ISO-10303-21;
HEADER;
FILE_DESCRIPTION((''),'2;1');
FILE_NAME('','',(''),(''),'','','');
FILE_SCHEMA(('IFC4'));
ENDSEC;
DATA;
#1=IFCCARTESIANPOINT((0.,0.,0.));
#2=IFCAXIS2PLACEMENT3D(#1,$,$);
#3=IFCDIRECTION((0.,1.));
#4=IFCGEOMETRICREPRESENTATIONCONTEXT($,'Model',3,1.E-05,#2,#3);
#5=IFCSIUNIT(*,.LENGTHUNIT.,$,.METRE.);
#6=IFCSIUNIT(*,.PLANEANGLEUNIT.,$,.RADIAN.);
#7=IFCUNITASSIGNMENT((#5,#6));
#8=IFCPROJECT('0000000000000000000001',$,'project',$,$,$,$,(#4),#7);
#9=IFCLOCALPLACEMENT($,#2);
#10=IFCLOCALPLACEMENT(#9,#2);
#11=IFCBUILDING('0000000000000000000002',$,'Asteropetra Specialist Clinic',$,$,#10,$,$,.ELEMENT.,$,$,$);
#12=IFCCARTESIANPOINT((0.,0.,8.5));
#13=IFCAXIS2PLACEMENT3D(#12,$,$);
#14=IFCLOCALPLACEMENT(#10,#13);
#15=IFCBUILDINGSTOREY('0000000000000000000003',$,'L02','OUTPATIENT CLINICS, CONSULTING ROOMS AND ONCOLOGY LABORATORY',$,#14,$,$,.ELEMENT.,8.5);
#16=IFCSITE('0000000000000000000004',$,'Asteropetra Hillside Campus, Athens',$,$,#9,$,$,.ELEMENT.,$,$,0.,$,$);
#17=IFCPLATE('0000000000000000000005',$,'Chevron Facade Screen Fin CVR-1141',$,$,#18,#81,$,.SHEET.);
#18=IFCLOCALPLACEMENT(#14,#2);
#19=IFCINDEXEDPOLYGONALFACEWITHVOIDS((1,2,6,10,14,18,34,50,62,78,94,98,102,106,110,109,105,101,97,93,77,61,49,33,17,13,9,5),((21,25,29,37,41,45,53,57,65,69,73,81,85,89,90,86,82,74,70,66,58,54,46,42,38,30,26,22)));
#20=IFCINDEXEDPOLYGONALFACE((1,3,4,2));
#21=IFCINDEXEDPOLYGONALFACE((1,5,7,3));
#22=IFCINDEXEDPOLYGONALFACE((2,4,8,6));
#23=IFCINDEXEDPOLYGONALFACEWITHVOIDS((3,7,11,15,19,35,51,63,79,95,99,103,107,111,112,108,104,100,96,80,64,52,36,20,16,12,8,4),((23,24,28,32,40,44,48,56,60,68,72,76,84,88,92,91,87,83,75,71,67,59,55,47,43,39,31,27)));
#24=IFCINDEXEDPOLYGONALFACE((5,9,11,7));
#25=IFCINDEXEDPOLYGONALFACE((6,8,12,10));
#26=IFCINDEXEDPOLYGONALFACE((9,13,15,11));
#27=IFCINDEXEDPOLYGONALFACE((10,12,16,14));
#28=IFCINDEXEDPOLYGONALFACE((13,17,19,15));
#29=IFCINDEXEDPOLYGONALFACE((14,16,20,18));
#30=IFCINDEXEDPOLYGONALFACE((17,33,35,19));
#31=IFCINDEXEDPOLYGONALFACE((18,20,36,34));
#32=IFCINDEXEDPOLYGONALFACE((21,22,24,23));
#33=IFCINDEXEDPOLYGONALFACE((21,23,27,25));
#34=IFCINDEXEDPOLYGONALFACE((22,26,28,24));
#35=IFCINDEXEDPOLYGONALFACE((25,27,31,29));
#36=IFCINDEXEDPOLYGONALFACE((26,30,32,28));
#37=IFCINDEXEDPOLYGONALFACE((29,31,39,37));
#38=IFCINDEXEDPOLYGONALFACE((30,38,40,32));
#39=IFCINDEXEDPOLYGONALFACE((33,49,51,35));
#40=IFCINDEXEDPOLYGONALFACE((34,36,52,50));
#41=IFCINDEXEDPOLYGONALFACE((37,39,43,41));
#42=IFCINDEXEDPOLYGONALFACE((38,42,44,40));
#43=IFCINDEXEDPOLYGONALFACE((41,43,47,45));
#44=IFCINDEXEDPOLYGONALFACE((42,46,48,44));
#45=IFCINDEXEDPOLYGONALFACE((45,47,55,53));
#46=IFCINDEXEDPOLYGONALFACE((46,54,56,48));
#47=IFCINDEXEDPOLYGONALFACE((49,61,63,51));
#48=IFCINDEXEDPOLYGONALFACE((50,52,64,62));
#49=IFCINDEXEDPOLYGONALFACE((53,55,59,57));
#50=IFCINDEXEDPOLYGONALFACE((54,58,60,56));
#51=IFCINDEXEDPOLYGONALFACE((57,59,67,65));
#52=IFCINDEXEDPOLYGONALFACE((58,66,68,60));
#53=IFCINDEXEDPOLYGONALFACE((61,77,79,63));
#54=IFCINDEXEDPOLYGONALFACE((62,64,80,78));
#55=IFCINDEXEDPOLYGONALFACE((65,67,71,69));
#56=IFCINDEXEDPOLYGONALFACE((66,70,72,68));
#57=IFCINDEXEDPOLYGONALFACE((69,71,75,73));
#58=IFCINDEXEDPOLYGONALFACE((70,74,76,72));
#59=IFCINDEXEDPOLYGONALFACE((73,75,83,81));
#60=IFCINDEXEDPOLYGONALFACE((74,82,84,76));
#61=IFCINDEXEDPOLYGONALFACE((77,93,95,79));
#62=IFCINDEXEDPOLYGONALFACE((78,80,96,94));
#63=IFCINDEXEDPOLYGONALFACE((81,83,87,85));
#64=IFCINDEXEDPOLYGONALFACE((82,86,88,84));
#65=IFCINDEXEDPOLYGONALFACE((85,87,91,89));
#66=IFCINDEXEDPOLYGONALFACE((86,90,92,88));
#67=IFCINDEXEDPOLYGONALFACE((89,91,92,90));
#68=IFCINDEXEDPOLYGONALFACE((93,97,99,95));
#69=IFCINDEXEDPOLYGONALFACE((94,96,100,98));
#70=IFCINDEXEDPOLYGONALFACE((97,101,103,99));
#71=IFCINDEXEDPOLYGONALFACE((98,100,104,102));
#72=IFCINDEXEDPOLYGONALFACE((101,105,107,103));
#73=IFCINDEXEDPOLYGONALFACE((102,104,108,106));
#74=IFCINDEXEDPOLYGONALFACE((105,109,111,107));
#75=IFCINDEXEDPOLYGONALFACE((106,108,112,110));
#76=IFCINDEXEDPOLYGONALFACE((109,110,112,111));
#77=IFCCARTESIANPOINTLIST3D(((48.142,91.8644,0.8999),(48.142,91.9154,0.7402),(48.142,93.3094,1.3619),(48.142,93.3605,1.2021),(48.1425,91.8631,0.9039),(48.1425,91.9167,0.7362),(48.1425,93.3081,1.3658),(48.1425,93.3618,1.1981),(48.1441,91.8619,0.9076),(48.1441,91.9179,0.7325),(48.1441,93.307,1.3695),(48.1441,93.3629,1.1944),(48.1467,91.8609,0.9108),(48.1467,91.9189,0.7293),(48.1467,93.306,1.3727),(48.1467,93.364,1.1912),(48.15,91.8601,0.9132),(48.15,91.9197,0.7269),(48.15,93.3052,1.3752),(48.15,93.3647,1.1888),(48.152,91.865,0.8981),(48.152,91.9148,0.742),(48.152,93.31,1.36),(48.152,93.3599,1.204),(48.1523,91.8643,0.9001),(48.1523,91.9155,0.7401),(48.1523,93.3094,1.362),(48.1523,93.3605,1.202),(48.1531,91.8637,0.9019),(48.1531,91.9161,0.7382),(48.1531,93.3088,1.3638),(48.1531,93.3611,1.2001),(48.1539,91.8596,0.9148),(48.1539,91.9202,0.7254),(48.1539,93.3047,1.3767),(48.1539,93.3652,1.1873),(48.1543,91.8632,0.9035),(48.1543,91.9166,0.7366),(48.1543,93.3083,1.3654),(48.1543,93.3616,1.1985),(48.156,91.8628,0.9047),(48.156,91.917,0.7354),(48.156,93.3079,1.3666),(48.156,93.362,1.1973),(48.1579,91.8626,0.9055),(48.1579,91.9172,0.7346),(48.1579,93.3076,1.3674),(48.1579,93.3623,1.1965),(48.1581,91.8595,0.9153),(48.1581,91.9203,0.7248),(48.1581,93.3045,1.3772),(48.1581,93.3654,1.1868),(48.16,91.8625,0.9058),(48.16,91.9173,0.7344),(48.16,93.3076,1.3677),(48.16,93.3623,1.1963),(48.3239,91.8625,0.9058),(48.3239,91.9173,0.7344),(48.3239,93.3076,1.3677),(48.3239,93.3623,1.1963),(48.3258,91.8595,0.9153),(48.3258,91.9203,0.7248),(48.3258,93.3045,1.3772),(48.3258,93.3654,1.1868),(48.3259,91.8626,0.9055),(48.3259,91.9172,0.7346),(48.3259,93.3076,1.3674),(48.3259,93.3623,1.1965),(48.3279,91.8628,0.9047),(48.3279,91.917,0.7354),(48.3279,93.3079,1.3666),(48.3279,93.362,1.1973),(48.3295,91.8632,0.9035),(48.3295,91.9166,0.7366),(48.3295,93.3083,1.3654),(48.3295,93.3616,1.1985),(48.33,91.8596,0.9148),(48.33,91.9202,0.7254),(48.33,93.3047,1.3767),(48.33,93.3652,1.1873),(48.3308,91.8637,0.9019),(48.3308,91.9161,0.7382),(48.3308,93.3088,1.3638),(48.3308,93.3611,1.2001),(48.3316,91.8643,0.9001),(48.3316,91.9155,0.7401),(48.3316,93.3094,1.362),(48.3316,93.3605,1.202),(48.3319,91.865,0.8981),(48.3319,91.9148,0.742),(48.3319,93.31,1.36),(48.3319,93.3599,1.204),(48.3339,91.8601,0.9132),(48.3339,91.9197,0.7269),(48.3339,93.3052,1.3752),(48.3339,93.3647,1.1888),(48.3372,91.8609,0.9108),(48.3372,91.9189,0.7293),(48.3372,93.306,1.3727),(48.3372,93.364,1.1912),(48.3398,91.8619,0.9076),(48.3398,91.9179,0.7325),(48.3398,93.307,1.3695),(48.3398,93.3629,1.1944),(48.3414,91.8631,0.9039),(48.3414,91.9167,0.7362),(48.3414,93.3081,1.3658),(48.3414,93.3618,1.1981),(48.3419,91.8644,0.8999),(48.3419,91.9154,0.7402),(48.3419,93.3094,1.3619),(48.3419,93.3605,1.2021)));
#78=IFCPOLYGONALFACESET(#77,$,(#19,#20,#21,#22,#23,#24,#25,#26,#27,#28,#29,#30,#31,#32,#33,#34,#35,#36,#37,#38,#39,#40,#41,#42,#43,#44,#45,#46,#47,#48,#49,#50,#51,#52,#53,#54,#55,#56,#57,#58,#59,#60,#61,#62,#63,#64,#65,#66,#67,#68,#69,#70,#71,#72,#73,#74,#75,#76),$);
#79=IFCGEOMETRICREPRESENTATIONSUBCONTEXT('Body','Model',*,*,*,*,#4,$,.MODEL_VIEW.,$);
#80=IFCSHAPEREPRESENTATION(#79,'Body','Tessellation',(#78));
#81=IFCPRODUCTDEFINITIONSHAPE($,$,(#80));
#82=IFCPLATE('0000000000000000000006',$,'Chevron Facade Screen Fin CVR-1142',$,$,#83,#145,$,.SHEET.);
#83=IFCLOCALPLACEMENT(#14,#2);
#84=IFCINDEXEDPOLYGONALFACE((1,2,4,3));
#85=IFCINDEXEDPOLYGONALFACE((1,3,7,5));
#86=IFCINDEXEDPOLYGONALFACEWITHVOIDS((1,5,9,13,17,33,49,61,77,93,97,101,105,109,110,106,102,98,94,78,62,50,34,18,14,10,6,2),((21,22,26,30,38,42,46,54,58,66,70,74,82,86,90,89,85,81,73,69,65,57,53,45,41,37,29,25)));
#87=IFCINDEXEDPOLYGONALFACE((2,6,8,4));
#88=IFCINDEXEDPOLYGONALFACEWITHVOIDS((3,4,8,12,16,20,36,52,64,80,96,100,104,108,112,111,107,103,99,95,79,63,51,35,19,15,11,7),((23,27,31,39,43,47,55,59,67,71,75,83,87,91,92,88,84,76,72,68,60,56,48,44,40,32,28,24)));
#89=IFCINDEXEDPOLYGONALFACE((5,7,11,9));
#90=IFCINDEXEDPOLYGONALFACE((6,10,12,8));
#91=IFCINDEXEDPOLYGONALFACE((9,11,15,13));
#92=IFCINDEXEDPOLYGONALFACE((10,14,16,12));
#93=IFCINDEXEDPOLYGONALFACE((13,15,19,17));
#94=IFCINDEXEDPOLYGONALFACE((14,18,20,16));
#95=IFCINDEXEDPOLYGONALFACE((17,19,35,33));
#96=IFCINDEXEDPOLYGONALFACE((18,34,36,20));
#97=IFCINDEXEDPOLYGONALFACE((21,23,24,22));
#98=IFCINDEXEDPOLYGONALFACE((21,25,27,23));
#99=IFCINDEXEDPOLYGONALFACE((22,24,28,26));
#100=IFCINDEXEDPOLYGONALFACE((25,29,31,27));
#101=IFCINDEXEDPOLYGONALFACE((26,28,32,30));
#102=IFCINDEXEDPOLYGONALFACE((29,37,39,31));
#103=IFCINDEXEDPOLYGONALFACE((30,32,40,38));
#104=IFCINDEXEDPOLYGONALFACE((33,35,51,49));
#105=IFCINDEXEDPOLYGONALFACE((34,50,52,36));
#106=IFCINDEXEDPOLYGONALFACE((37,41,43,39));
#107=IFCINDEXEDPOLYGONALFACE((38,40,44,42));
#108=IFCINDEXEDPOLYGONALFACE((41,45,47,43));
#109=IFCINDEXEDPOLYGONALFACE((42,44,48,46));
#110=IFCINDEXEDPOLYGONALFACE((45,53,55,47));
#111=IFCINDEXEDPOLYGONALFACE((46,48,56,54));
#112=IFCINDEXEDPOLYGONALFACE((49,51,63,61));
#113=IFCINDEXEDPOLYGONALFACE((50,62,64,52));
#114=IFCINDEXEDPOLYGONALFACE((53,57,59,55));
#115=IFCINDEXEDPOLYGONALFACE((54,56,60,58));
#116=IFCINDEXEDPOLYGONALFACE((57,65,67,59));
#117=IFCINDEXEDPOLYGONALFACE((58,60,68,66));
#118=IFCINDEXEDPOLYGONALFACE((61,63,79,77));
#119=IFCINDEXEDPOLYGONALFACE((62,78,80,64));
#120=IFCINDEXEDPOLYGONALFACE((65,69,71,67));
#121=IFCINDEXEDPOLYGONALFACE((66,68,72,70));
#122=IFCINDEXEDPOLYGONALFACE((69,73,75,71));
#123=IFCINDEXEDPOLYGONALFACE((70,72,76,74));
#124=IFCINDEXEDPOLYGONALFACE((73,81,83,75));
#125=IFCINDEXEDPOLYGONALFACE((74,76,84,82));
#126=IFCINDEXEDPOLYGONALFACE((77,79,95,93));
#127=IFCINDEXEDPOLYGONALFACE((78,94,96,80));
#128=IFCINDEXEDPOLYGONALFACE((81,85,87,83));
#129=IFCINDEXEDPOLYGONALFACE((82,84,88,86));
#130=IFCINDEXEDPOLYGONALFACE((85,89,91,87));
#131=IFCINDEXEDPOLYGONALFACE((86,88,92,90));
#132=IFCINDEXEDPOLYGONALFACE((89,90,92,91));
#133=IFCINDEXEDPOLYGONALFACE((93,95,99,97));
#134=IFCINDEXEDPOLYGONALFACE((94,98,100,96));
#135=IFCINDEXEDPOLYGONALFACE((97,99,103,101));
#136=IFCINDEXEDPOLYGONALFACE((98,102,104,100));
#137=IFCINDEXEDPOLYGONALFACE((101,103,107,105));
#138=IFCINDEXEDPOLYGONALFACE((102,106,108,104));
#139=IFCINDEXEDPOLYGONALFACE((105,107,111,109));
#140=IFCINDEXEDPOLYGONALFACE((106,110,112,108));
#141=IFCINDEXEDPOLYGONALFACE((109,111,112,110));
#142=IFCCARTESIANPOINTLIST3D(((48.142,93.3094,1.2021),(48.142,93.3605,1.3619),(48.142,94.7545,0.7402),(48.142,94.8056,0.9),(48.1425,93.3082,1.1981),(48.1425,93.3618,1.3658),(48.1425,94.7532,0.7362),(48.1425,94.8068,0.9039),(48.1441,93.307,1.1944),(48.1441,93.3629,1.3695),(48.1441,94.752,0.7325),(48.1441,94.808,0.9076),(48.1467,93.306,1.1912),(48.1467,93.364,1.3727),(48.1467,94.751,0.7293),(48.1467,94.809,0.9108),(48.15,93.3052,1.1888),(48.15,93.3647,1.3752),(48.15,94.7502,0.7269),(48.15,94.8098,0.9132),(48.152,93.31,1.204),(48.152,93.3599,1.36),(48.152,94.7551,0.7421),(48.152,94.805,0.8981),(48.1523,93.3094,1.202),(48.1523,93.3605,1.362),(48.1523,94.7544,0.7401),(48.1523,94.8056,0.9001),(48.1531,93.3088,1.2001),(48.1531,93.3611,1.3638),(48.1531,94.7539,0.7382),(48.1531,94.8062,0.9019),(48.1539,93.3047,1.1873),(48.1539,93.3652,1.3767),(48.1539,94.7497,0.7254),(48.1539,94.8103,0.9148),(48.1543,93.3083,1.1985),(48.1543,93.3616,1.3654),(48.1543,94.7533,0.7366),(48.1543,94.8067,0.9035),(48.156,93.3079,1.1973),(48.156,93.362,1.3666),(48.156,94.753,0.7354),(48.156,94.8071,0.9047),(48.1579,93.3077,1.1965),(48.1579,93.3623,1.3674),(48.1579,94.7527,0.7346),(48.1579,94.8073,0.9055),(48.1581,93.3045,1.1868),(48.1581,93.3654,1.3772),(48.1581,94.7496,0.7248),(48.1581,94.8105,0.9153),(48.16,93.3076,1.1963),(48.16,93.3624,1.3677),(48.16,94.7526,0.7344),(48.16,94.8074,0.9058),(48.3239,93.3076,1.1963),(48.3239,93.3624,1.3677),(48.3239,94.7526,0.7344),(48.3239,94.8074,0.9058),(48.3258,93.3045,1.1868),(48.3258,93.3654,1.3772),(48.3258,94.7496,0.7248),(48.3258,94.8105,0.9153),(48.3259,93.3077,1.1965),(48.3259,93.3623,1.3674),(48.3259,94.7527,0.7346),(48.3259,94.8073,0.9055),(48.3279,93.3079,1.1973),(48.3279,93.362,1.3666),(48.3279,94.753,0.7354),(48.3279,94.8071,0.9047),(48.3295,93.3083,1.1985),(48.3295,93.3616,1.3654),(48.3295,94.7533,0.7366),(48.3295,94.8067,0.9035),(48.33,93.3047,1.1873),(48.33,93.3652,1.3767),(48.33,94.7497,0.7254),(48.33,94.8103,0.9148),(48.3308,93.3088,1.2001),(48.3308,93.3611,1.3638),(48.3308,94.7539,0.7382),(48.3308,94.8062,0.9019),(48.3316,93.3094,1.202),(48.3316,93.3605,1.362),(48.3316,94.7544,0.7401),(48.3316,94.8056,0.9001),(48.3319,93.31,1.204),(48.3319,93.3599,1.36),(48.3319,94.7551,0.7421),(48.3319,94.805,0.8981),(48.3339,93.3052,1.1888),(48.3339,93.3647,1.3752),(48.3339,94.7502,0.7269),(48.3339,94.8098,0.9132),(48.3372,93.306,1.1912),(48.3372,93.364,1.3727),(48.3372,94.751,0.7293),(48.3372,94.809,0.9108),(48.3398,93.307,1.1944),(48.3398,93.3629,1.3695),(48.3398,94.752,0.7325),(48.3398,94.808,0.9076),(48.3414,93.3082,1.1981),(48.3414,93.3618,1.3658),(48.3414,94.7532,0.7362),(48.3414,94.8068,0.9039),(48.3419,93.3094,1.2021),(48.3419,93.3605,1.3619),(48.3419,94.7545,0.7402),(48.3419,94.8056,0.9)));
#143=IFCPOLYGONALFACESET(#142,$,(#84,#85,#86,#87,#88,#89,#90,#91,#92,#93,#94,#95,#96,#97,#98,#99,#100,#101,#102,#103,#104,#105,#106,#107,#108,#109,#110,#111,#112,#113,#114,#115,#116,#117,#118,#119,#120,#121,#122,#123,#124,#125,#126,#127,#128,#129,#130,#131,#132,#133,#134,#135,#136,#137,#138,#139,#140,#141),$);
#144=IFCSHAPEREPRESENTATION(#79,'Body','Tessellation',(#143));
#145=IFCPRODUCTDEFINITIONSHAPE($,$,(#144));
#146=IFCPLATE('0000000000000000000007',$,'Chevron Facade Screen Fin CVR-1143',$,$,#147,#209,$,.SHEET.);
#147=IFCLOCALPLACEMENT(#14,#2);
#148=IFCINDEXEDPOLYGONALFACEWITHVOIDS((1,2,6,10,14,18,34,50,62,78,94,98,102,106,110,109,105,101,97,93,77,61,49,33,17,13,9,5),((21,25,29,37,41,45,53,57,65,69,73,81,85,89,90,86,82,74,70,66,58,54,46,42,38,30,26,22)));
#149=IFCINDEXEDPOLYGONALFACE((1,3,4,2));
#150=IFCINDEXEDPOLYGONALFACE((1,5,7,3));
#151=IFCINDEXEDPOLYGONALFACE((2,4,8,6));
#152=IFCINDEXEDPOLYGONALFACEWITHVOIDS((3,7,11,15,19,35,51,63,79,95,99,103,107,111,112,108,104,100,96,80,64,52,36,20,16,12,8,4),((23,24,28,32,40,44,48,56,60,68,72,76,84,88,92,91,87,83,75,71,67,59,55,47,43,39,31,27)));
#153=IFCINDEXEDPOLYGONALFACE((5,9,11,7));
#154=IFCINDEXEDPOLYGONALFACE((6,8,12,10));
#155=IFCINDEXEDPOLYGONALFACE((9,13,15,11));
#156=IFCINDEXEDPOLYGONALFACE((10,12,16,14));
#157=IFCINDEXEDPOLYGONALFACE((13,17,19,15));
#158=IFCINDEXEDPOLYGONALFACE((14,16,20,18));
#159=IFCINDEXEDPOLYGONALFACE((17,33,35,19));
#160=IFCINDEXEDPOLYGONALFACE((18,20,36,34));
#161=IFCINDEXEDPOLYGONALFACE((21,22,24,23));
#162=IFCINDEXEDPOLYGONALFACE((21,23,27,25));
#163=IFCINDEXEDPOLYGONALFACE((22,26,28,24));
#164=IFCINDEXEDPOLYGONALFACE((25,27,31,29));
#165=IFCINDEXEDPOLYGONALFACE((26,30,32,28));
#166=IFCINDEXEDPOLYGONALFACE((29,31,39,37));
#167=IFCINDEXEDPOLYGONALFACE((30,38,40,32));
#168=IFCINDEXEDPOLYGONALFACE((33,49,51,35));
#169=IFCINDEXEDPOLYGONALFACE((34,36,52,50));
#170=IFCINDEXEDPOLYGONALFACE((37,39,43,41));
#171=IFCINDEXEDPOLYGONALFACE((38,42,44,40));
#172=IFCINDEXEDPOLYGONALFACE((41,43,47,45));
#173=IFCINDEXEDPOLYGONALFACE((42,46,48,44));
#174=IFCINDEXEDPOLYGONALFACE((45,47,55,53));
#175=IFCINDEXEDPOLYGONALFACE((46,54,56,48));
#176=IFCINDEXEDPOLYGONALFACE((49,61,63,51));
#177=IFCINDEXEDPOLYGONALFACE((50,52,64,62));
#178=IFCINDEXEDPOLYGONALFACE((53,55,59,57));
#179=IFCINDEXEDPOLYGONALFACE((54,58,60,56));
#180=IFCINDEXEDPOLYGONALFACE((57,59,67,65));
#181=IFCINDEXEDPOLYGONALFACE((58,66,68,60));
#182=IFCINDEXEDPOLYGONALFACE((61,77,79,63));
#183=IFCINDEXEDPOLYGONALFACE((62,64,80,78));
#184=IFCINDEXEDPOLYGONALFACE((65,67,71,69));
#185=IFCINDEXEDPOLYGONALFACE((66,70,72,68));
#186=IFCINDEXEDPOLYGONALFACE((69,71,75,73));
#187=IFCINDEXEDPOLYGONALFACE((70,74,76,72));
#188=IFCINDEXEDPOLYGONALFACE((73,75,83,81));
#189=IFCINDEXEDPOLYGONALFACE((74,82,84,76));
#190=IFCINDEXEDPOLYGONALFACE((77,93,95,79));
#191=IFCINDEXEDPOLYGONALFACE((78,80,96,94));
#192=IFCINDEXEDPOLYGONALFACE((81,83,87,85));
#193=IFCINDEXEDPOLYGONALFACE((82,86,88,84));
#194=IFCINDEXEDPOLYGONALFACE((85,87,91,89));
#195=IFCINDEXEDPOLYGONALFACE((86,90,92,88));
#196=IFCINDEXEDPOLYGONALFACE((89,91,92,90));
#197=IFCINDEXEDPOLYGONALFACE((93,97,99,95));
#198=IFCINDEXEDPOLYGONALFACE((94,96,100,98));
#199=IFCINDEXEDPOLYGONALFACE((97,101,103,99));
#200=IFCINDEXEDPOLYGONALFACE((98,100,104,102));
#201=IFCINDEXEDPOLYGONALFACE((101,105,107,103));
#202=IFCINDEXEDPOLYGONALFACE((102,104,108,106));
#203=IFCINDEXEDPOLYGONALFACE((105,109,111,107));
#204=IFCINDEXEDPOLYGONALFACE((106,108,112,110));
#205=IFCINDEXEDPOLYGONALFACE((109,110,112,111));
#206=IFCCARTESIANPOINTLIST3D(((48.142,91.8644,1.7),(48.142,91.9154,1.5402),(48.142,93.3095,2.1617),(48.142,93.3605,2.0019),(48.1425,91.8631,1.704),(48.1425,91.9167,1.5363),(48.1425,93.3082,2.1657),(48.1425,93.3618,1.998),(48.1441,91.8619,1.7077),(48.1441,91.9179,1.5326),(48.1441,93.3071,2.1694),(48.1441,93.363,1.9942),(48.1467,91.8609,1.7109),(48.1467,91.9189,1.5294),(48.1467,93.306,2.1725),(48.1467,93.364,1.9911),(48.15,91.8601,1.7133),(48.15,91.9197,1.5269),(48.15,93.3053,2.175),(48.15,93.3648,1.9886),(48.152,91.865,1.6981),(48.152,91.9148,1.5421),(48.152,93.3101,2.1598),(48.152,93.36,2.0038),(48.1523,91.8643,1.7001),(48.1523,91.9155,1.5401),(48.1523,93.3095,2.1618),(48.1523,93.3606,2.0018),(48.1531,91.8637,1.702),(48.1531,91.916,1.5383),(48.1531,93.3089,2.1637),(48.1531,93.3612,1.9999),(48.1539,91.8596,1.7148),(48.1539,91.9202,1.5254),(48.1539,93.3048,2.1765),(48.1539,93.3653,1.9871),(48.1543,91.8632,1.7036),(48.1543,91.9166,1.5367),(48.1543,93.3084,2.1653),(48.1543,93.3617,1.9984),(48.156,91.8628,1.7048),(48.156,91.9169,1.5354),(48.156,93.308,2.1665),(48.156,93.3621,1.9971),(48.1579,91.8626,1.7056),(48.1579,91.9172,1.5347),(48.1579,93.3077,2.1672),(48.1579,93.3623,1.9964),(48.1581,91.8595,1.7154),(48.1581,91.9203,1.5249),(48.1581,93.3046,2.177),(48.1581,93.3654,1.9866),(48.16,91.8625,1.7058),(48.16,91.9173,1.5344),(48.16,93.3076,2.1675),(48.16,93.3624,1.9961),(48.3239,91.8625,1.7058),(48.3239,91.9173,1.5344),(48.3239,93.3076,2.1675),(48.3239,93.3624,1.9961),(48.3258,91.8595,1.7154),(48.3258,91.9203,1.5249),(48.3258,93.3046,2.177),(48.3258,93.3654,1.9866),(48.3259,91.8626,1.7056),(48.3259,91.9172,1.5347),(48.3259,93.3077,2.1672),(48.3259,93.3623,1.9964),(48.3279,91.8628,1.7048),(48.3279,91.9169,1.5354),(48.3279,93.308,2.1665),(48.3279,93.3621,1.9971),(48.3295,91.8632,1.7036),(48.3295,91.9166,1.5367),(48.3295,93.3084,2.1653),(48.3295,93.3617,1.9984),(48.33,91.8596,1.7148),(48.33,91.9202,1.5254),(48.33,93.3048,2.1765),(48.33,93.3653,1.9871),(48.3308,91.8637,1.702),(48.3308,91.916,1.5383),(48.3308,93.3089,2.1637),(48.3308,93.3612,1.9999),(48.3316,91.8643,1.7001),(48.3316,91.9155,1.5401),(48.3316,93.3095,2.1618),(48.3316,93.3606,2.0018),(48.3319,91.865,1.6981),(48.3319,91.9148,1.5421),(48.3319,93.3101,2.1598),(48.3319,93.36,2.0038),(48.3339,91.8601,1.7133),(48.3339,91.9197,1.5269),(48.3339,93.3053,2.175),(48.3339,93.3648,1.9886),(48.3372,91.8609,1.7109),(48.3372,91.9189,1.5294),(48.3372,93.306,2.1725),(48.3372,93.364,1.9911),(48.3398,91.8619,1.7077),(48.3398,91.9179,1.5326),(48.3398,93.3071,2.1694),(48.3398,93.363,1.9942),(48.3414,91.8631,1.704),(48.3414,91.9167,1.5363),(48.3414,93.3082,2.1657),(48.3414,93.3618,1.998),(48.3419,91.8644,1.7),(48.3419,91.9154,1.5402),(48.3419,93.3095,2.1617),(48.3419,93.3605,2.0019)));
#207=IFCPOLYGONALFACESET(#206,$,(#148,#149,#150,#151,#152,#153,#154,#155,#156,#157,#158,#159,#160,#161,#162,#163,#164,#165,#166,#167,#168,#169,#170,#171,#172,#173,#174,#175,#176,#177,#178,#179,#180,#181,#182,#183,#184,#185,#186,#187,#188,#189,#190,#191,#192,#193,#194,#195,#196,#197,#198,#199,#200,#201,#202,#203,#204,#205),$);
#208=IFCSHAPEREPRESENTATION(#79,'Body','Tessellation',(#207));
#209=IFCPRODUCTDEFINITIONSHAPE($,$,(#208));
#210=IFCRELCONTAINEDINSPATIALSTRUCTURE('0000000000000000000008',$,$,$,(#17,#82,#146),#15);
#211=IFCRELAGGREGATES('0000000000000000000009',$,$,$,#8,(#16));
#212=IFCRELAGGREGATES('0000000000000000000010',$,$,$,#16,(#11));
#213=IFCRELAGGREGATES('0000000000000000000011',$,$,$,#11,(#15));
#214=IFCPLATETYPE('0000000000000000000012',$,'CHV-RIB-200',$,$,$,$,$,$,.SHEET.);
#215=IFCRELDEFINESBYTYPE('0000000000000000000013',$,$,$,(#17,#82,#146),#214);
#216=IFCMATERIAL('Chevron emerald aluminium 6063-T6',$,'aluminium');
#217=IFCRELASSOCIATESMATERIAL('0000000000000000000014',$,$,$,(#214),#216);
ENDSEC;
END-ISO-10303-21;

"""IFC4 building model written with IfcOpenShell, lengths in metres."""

from ifc_helpers import new_model, si_unit, direction, frame, origin, origin_2d, place, context, subcontext, project, spatial, hollow_rectangle, extrude, material, material_profile, profile_set, type_object, element, save


model = new_model("IFC4")

# Units and contexts
model_context = context("Model", 3, precision=1e-05, world=origin(), true_north=direction((0.0, 1.0)))
body_context = subcontext(model_context, "Body", "Model", "MODEL_VIEW")
ifc_project = project(units=[si_unit("LENGTHUNIT", "METRE"), si_unit("PLANEANGLEUNIT", "RADIAN")], contexts=[model_context])

# Site, building, storey
site_placement = place(None, origin())
site = spatial("IfcSite", under=ifc_project, at=site_placement, Name="Asteropetra Hillside Campus, Athens", CompositionType="ELEMENT", RefElevation=0.0)
building_placement = place(site_placement, origin())
building = spatial("IfcBuilding", under=site, at=building_placement, Name="Asteropetra Specialist Clinic", CompositionType="ELEMENT")
storey_placement = place(building_placement, frame((0.0, 0.0, 8.5)))
storey = spatial("IfcBuildingStorey", under=building, at=storey_placement, Name="L02", Description="OUTPATIENT CLINICS, CONSULTING ROOMS AND ONCOLOGY LABORATORY", CompositionType="ELEMENT", Elevation=8.5)

# Plates
ifc_material_1 = material(Name="Chevron emerald aluminium 6063-T6", Category="aluminium")
ifc_material_profile_1 = material_profile(ifc_material_1, hollow_rectangle(XDim=0.2, YDim=0.2, WallThickness=0.01, InnerFilletRadius=0.0081, OuterFilletRadius=0.0161, at=origin_2d()), Name="SHS 200x200x10.0")
ifc_profile_set_1 = profile_set([ifc_material_profile_1], Name="Chevron emerald aluminium 6063-T6")
plate_type_1 = type_object("IfcPlateType", Name="CHV-RIB-200", PredefinedType="SHEET", material=ifc_profile_set_1)
for number, where, z_axis, x_axis, name in (
    (1, (48.2419, 91.8899, 0.8201), (0.0, 0.952521, 0.304472), (-1.0, 0.0, 0.0), "Chevron Facade Screen Fin CVR-1141"),
    (2, (48.2419, 93.335, 1.282), (0.0, 0.952521, -0.304472), (-1.0, 0.0, 0.0), "Chevron Facade Screen Fin CVR-1142"),
    (3, (48.2419, 91.8899, 1.6201), (0.0, 0.952568, 0.304326), (-1.0, 0.0, 0.0), "Chevron Facade Screen Fin CVR-1143"),
):
    element("IfcPlate", number, at=place(storey_placement, frame(where, z_axis=z_axis, x_axis=x_axis)), inside=storey, type_object=plate_type_1, Name=name, PredefinedType="SHEET", context=body_context, shape_type="SweptSolid", body=[
        extrude(hollow_rectangle(XDim=0.2, YDim=0.2, WallThickness=0.01, InnerFilletRadius=0.0081, OuterFilletRadius=0.0161, at=origin_2d()), origin(), (0.0, 0.0, 1.0), 1.5171),
    ])

save(model, "model.ifc")
